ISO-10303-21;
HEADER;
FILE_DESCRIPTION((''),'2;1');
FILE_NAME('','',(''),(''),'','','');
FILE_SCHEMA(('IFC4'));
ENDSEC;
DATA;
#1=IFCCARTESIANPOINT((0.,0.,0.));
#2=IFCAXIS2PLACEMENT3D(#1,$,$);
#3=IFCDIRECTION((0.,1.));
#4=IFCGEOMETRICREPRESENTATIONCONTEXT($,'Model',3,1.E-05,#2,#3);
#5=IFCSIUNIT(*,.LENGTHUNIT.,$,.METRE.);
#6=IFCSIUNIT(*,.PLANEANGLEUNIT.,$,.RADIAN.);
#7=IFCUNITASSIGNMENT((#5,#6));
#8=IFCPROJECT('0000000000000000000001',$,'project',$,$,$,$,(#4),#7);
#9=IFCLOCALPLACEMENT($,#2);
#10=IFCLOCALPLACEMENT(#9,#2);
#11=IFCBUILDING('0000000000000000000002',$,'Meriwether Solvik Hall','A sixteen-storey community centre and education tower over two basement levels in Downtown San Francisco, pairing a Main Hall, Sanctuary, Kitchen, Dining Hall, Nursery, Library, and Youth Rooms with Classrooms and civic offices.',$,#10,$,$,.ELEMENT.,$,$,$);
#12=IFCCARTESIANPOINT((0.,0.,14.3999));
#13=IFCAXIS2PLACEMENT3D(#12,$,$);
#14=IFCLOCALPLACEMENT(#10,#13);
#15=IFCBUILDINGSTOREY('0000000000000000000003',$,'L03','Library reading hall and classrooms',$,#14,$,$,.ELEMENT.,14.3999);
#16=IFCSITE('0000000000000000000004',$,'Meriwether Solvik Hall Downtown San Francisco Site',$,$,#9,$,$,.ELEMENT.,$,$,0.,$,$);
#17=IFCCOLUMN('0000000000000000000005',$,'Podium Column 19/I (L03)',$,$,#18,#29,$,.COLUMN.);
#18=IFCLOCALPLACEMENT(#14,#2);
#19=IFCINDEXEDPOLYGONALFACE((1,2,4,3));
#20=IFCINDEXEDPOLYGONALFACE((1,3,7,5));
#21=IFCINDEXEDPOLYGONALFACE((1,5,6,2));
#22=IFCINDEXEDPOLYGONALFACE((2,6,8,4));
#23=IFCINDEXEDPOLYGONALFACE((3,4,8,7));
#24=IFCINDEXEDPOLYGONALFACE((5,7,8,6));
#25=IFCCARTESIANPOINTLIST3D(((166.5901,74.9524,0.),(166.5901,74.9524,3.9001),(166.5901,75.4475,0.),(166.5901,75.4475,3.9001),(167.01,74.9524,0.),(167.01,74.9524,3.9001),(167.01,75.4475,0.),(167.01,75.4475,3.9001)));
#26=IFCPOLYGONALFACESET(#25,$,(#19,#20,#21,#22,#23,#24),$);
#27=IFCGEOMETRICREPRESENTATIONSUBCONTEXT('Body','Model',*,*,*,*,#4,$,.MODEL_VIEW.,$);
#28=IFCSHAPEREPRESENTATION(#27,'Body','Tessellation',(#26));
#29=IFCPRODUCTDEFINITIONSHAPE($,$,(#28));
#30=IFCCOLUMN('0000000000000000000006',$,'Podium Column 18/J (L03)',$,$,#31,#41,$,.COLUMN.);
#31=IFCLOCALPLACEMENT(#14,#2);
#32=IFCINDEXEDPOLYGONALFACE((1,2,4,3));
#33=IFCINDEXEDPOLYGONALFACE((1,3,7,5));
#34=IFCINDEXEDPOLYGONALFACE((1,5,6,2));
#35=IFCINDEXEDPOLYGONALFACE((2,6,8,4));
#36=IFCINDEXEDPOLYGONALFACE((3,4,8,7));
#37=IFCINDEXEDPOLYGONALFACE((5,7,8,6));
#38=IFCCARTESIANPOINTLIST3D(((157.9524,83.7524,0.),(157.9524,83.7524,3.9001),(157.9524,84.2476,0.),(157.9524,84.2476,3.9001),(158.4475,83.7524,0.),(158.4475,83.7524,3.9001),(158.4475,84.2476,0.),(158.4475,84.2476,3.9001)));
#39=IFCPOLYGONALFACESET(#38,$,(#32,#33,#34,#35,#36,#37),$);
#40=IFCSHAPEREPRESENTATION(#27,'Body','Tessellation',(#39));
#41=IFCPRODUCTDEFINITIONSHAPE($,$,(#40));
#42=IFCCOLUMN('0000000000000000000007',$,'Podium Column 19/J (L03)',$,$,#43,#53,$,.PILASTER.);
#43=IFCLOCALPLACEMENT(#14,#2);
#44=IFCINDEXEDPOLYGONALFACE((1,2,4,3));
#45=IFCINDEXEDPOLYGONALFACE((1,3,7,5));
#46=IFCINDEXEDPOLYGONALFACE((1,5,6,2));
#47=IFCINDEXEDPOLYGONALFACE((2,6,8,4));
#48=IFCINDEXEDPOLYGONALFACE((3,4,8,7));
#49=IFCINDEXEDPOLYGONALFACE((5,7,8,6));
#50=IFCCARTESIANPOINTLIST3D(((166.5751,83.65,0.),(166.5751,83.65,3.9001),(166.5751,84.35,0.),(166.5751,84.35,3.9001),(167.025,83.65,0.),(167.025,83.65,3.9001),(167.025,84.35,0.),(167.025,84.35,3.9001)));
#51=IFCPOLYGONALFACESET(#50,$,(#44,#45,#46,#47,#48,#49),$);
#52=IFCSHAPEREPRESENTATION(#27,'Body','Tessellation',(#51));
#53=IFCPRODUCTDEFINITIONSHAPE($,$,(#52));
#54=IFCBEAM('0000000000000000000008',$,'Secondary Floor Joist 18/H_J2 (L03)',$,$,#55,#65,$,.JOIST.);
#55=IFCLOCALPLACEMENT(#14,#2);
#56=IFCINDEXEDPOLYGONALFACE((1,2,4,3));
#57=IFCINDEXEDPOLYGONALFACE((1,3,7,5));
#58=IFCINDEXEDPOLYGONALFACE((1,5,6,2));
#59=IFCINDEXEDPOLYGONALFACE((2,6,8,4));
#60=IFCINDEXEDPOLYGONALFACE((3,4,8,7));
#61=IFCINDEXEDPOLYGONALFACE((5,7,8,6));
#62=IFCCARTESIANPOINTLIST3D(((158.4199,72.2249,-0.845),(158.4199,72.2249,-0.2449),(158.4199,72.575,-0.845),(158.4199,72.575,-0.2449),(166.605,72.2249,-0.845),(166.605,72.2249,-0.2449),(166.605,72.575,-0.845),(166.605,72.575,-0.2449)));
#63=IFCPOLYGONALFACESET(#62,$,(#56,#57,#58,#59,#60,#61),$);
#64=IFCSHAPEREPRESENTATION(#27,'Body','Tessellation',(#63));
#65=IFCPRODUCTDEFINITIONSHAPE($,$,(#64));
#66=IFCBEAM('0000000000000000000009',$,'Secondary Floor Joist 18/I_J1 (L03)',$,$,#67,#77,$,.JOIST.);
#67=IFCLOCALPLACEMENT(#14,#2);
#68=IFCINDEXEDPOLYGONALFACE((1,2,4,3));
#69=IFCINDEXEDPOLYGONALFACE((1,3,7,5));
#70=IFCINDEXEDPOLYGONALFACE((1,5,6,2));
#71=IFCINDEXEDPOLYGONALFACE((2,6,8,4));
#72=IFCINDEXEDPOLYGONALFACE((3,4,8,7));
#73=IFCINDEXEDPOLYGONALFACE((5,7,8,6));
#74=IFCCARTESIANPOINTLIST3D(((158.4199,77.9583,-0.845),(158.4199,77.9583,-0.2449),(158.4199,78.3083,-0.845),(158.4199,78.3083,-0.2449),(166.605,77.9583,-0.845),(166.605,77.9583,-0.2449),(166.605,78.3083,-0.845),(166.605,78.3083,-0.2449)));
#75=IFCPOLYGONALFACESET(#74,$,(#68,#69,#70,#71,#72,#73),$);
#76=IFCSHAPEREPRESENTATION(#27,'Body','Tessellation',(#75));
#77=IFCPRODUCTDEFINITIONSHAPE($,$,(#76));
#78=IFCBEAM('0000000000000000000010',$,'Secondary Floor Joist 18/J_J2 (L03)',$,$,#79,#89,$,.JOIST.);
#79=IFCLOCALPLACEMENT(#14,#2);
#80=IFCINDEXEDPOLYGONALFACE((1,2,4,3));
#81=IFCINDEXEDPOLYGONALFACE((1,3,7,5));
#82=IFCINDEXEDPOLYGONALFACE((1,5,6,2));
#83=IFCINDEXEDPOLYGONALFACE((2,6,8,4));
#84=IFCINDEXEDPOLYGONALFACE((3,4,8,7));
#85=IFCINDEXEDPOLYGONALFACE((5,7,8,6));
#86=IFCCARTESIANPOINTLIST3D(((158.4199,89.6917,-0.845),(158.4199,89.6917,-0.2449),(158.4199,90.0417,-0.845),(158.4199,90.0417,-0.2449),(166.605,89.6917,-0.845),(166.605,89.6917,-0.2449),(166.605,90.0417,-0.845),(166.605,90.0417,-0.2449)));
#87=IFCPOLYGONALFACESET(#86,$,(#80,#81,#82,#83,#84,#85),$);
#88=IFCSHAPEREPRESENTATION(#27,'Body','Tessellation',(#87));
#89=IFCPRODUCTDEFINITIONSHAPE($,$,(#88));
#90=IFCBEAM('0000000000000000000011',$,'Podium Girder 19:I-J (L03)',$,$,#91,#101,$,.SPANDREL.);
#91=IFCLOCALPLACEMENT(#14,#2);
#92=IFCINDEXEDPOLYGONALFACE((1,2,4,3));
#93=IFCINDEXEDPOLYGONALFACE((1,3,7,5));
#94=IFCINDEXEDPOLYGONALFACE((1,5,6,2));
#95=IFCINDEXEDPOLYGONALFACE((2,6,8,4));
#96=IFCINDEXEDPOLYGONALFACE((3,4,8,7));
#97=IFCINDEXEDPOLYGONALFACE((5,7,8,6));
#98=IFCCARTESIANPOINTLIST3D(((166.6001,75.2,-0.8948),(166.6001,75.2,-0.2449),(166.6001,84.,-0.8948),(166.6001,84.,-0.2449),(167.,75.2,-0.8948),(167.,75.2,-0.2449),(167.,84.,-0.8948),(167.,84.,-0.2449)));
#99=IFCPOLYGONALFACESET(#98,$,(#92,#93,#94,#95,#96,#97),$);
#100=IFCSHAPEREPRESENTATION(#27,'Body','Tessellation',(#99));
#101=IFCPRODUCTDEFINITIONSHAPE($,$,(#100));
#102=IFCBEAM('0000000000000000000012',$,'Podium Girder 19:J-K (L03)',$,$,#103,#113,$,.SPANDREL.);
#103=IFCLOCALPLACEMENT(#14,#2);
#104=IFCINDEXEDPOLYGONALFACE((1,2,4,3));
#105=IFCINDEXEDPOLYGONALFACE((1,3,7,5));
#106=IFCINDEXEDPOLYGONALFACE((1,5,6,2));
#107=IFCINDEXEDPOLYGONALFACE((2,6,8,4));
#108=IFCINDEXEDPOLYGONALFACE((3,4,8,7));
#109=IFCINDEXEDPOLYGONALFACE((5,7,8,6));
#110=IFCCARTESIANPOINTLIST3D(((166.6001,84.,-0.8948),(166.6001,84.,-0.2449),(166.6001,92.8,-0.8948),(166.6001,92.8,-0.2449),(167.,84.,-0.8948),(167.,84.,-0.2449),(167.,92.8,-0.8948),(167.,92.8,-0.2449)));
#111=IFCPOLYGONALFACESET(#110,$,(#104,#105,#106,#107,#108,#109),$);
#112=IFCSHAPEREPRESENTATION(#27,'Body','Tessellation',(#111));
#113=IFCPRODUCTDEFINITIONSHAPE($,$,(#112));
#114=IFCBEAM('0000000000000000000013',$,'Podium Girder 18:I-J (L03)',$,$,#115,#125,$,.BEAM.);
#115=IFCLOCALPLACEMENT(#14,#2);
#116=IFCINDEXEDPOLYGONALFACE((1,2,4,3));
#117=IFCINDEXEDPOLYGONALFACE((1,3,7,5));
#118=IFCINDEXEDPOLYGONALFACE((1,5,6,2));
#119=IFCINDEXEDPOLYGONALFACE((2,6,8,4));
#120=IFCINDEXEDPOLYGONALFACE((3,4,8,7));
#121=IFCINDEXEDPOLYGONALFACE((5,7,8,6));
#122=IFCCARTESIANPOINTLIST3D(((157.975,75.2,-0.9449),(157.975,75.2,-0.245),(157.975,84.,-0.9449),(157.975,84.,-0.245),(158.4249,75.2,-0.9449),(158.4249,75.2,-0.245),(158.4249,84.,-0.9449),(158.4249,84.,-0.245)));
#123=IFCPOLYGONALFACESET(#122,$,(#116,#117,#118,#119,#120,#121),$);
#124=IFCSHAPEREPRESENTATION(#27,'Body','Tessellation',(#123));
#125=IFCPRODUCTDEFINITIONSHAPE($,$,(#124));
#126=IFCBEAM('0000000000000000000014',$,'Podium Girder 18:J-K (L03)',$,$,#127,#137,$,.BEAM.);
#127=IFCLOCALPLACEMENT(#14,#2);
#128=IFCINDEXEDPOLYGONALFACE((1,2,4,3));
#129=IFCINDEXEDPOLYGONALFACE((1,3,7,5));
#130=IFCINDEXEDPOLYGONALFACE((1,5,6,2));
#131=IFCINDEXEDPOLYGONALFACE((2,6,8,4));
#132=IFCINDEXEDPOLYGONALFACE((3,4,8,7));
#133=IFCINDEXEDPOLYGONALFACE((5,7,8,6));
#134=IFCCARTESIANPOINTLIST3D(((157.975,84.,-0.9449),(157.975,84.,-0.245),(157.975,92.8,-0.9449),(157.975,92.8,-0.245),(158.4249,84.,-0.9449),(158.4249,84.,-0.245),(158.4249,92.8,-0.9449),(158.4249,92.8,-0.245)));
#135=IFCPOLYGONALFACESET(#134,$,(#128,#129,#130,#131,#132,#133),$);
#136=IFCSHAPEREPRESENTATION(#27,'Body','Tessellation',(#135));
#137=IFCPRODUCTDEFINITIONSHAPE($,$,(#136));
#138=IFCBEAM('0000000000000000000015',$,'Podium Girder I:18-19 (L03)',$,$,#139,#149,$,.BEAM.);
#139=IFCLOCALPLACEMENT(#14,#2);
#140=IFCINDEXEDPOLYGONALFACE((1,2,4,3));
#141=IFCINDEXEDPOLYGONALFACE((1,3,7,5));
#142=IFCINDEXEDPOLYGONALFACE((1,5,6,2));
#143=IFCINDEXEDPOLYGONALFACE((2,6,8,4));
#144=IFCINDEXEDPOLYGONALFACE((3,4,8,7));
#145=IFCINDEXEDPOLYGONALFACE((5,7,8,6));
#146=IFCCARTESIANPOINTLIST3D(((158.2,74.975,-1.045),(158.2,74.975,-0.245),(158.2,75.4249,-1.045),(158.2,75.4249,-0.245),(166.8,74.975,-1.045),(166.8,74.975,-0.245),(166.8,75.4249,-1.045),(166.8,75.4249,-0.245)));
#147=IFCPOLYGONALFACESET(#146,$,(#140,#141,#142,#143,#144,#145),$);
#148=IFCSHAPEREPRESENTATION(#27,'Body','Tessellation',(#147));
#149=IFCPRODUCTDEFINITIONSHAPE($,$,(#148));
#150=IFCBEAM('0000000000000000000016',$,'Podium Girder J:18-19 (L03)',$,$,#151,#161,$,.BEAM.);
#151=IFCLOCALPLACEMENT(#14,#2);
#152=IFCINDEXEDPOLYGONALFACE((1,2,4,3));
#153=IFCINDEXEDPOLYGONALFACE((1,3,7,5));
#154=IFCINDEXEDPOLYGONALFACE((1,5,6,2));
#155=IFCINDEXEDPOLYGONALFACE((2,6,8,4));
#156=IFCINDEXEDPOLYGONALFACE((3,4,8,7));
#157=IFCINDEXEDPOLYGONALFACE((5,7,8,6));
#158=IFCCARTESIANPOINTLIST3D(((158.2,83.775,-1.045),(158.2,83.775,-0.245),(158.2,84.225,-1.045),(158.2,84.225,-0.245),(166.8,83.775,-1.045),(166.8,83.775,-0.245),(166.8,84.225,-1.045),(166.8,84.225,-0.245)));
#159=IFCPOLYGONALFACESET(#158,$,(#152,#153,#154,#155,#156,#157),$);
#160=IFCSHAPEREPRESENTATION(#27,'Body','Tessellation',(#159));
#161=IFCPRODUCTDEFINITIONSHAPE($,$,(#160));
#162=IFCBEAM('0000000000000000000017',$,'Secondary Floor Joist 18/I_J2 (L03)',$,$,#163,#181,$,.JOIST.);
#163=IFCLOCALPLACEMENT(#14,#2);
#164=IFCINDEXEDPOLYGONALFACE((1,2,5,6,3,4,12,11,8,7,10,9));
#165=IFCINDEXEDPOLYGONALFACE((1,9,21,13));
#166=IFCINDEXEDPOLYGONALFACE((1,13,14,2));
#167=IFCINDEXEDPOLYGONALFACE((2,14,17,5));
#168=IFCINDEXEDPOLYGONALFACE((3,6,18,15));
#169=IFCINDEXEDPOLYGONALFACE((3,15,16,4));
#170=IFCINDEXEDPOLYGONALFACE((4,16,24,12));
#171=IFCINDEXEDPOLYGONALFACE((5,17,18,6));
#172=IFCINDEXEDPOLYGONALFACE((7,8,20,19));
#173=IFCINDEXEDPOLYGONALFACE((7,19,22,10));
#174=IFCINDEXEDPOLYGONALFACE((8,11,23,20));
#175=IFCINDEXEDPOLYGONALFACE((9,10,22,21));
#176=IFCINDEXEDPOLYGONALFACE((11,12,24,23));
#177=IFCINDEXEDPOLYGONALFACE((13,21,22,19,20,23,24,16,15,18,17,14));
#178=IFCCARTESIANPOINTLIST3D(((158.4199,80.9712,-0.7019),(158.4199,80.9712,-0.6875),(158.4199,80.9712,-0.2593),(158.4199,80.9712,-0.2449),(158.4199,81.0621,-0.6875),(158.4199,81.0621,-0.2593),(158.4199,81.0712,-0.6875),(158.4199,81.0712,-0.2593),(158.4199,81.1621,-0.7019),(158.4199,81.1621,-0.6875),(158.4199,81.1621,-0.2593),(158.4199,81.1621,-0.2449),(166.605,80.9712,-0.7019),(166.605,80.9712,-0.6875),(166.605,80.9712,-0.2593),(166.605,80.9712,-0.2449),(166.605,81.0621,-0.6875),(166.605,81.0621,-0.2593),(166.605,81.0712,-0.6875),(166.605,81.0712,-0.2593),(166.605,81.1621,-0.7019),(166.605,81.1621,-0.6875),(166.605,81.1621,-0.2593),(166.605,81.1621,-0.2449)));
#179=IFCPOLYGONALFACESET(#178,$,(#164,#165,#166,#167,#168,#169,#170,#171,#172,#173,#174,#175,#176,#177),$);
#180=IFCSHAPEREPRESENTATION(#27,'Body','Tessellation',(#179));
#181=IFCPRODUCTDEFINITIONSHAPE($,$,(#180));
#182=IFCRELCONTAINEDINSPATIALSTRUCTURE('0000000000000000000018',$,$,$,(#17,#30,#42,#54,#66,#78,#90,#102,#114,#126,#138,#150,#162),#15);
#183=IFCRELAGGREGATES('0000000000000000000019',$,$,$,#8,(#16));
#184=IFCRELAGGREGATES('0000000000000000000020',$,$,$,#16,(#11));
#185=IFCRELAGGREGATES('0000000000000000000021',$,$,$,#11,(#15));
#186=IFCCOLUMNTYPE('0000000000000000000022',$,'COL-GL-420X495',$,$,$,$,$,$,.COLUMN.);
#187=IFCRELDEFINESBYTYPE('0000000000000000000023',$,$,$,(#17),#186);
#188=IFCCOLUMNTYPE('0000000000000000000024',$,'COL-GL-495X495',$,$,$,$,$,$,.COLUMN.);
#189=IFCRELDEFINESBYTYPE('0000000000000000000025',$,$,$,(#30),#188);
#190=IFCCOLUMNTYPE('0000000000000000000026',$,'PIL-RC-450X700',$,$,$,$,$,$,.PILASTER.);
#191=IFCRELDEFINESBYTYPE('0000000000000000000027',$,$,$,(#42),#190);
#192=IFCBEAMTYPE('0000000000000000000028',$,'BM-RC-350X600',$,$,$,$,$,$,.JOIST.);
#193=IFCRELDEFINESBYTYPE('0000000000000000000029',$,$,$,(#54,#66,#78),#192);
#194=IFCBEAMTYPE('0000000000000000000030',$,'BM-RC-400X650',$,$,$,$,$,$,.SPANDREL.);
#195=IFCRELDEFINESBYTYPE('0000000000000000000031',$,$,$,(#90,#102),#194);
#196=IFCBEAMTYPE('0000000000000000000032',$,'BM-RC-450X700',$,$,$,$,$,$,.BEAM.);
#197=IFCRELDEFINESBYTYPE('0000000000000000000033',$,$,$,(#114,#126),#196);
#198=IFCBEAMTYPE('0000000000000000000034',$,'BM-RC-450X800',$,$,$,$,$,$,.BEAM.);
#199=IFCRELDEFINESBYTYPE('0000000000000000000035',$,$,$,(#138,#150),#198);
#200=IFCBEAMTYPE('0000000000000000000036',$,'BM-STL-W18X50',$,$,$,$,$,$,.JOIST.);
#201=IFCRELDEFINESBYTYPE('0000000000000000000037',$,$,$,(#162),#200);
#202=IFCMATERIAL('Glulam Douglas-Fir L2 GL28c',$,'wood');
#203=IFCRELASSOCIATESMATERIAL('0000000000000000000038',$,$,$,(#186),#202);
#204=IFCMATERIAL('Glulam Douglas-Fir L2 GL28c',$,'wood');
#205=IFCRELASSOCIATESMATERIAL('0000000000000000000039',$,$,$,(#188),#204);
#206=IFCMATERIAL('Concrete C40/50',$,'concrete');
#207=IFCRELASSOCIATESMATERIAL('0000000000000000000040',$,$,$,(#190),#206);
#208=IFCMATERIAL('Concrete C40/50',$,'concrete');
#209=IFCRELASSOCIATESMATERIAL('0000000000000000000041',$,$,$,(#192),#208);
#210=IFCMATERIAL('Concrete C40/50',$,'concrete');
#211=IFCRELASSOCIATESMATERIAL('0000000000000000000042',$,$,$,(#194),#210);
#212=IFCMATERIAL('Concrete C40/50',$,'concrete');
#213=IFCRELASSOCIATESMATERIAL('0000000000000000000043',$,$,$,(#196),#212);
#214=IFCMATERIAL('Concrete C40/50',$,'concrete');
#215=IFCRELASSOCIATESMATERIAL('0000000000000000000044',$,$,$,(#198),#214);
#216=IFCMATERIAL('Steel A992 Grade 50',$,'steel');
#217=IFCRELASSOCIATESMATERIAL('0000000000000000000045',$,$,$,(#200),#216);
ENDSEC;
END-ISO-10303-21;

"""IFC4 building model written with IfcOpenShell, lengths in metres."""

from ifc_helpers import new_model, si_unit, direction, frame, origin, origin_2d, place, context, subcontext, project, spatial, rectangle, i_section, extrude, material, material_profile, profile_set, type_object, element, save


model = new_model("IFC4")

# Units and contexts
model_context = context("Model", 3, precision=1e-05, world=origin(), true_north=direction((0.0, 1.0)))
body_context = subcontext(model_context, "Body", "Model", "MODEL_VIEW")
ifc_project = project(units=[si_unit("LENGTHUNIT", "METRE"), si_unit("PLANEANGLEUNIT", "RADIAN")], contexts=[model_context])

# Site, building, storey
site_placement = place(None, origin())
site = spatial("IfcSite", under=ifc_project, at=site_placement, Name="Meriwether Solvik Hall Downtown San Francisco Site", CompositionType="ELEMENT", RefElevation=0.0)
building_placement = place(site_placement, origin())
building = spatial("IfcBuilding", under=site, at=building_placement, Name="Meriwether Solvik Hall", Description="A sixteen-storey community centre and education tower over two basement levels in Downtown San Francisco, pairing a Main Hall, Sanctuary, Kitchen, Dining Hall, Nursery, Library, and Youth Rooms with Classrooms and civic offices.", CompositionType="ELEMENT")
storey_placement = place(building_placement, frame((0.0, 0.0, 14.3999)))
storey = spatial("IfcBuildingStorey", under=building, at=storey_placement, Name="L03", Description="Library reading hall and classrooms", CompositionType="ELEMENT", Elevation=14.3999)

# Columns
ifc_material_1 = material(Name="Glulam Douglas-Fir L2 GL28c", Category="wood")
ifc_material_profile_1 = material_profile(ifc_material_1, rectangle(XDim=0.4199, YDim=0.4951, at=origin_2d()), Name="GLC-420X495")
ifc_profile_set_1 = profile_set([ifc_material_profile_1], Name="Glulam Douglas-Fir L2 GL28c")
column_type_1 = type_object("IfcColumnType", Name="COL-GL-420X495", PredefinedType="COLUMN", material=ifc_profile_set_1)
column_1_placement = place(storey_placement, frame((166.8, 75.2, 0.0), z_axis=(0.0, 0.0, 1.0), x_axis=(1.0, 0.0, 0.0)))
element("IfcColumn", 1, at=column_1_placement, inside=storey, type_object=column_type_1, Name="Podium Column 19/I (L03)", PredefinedType="COLUMN", context=body_context, shape_type="SweptSolid", body=[
    extrude(rectangle(XDim=0.4199, YDim=0.4951, at=origin_2d()), origin(), (0.0, 0.0, 1.0), 3.9001),
])
ifc_material_2 = material(Name="Glulam Douglas-Fir L2 GL28c", Category="wood")
ifc_material_profile_2 = material_profile(ifc_material_2, rectangle(XDim=0.4951, YDim=0.4951, at=origin_2d()), Name="GLC-495X495")
ifc_profile_set_2 = profile_set([ifc_material_profile_2], Name="Glulam Douglas-Fir L2 GL28c")
column_type_2 = type_object("IfcColumnType", Name="COL-GL-495X495", PredefinedType="COLUMN", material=ifc_profile_set_2)
column_2_placement = place(storey_placement, frame((158.2, 84.0, 0.0), z_axis=(0.0, 0.0, 1.0), x_axis=(1.0, 0.0, 0.0)))
element("IfcColumn", 2, at=column_2_placement, inside=storey, type_object=column_type_2, Name="Podium Column 18/J (L03)", PredefinedType="COLUMN", context=body_context, shape_type="SweptSolid", body=[
    extrude(rectangle(XDim=0.4951, YDim=0.4951, at=origin_2d()), origin(), (0.0, 0.0, 1.0), 3.9001),
])
ifc_material_3 = material(Name="Concrete C40/50", Category="concrete")
ifc_material_profile_3 = material_profile(ifc_material_3, rectangle(XDim=0.45, YDim=0.7, at=origin_2d()), Name="RCP-450X700")
ifc_profile_set_3 = profile_set([ifc_material_profile_3], Name="Concrete C40/50")
column_type_3 = type_object("IfcColumnType", Name="PIL-RC-450X700", PredefinedType="PILASTER", material=ifc_profile_set_3)
column_3_placement = place(storey_placement, frame((166.8, 84.0, 0.0), z_axis=(0.0, 0.0, 1.0), x_axis=(1.0, 0.0, 0.0)))
element("IfcColumn", 3, at=column_3_placement, inside=storey, type_object=column_type_3, Name="Podium Column 19/J (L03)", PredefinedType="PILASTER", context=body_context, shape_type="SweptSolid", body=[
    extrude(rectangle(XDim=0.45, YDim=0.7, at=origin_2d()), origin(), (0.0, 0.0, 1.0), 3.9001),
])

# Beams
ifc_material_4 = material(Name="Concrete C40/50", Category="concrete")
ifc_material_profile_4 = material_profile(ifc_material_4, rectangle(XDim=0.3501, YDim=0.6001, at=origin_2d()), Name="RCB-350X600")
ifc_profile_set_4 = profile_set([ifc_material_profile_4], Name="Concrete C40/50")
beam_type_1 = type_object("IfcBeamType", Name="BM-RC-350X600", PredefinedType="JOIST", material=ifc_profile_set_4)
for number, where, z_axis, x_axis, name in (
    (4, (158.4199, 72.3999, -0.5449), (1.0, 0.0, 0.0), (0.0, 1.0, 0.0), "Secondary Floor Joist 18/H_J2 (L03)"),
    (5, (158.4199, 78.1333, -0.5449), (1.0, 0.0, 0.0), (0.0, 1.0, 0.0), "Secondary Floor Joist 18/I_J1 (L03)"),
    (6, (158.4199, 89.8667, -0.5449), (1.0, 0.0, 0.0), (0.0, 1.0, 0.0), "Secondary Floor Joist 18/J_J2 (L03)"),
):
    element("IfcBeam", number, at=place(storey_placement, frame(where, z_axis=z_axis, x_axis=x_axis)), inside=storey, type_object=beam_type_1, Name=name, PredefinedType="JOIST", context=body_context, shape_type="SweptSolid", body=[
        extrude(rectangle(XDim=0.3501, YDim=0.6001, at=origin_2d()), origin(), (0.0, 0.0, 1.0), 8.1851),
    ])
ifc_material_5 = material(Name="Concrete C40/50", Category="concrete")
ifc_material_profile_5 = material_profile(ifc_material_5, rectangle(XDim=0.3999, YDim=0.6499, at=origin_2d()), Name="RCB-400X650")
ifc_profile_set_5 = profile_set([ifc_material_profile_5], Name="Concrete C40/50")
beam_type_2 = type_object("IfcBeamType", Name="BM-RC-400X650", PredefinedType="SPANDREL", material=ifc_profile_set_5)
for number, where, z_axis, x_axis, name in (
    (7, (166.8, 75.2, -0.5698), (0.0, 1.0, 0.0), (-1.0, 0.0, 0.0), "Podium Girder 19:I-J (L03)"),
    (8, (166.8, 84.0, -0.5698), (0.0, 1.0, 0.0), (-1.0, 0.0, 0.0), "Podium Girder 19:J-K (L03)"),
):
    element("IfcBeam", number, at=place(storey_placement, frame(where, z_axis=z_axis, x_axis=x_axis)), inside=storey, type_object=beam_type_2, Name=name, PredefinedType="SPANDREL", context=body_context, shape_type="SweptSolid", body=[
        extrude(rectangle(XDim=0.3999, YDim=0.6499, at=origin_2d()), origin(), (0.0, 0.0, 1.0), 8.8),
    ])
ifc_material_6 = material(Name="Concrete C40/50", Category="concrete")
ifc_material_profile_6 = material_profile(ifc_material_6, rectangle(XDim=0.45, YDim=0.7, at=origin_2d()), Name="RCB-450X700")
ifc_profile_set_6 = profile_set([ifc_material_profile_6], Name="Concrete C40/50")
beam_type_3 = type_object("IfcBeamType", Name="BM-RC-450X700", PredefinedType="BEAM", material=ifc_profile_set_6)
for number, where, z_axis, x_axis, name in (
    (9, (158.2, 75.2, -0.595), (0.0, 1.0, 0.0), (-1.0, 0.0, 0.0), "Podium Girder 18:I-J (L03)"),
    (10, (158.2, 84.0, -0.595), (0.0, 1.0, 0.0), (-1.0, 0.0, 0.0), "Podium Girder 18:J-K (L03)"),
):
    element("IfcBeam", number, at=place(storey_placement, frame(where, z_axis=z_axis, x_axis=x_axis)), inside=storey, type_object=beam_type_3, Name=name, PredefinedType="BEAM", context=body_context, shape_type="SweptSolid", body=[
        extrude(rectangle(XDim=0.45, YDim=0.7, at=origin_2d()), origin(), (0.0, 0.0, 1.0), 8.8),
    ])
ifc_material_7 = material(Name="Concrete C40/50", Category="concrete")
ifc_material_profile_7 = material_profile(ifc_material_7, rectangle(XDim=0.45, YDim=0.8, at=origin_2d()), Name="RCB-450X800")
ifc_profile_set_7 = profile_set([ifc_material_profile_7], Name="Concrete C40/50")
beam_type_4 = type_object("IfcBeamType", Name="BM-RC-450X800", PredefinedType="BEAM", material=ifc_profile_set_7)
for number, where, z_axis, x_axis, name in (
    (11, (158.2, 75.2, -0.645), (1.0, 0.0, 0.0), (0.0, 1.0, 0.0), "Podium Girder I:18-19 (L03)"),
    (12, (158.2, 84.0, -0.645), (1.0, 0.0, 0.0), (0.0, 1.0, 0.0), "Podium Girder J:18-19 (L03)"),
):
    element("IfcBeam", number, at=place(storey_placement, frame(where, z_axis=z_axis, x_axis=x_axis)), inside=storey, type_object=beam_type_4, Name=name, PredefinedType="BEAM", context=body_context, shape_type="SweptSolid", body=[
        extrude(rectangle(XDim=0.45, YDim=0.8, at=origin_2d()), origin(), (0.0, 0.0, 1.0), 8.6001),
    ])
ifc_material_8 = material(Name="Steel A992 Grade 50", Category="steel")
ifc_material_profile_8 = material_profile(ifc_material_8, i_section(OverallWidth=0.1909, OverallDepth=0.457, WebThickness=0.009, FlangeThickness=0.0144, at=origin_2d()), Name="W18X50")
ifc_profile_set_8 = profile_set([ifc_material_profile_8], Name="Steel A992 Grade 50")
beam_type_5 = type_object("IfcBeamType", Name="BM-STL-W18X50", PredefinedType="JOIST", material=ifc_profile_set_8)
for number, where, z_axis, x_axis, name in (
    (13, (158.4199, 81.0667, -0.4734), (1.0, 0.0, 0.0), (0.0, 1.0, 0.0), "Secondary Floor Joist 18/I_J2 (L03)"),
):
    element("IfcBeam", number, at=place(storey_placement, frame(where, z_axis=z_axis, x_axis=x_axis)), inside=storey, type_object=beam_type_5, Name=name, PredefinedType="JOIST", context=body_context, shape_type="SweptSolid", body=[
        extrude(i_section(OverallWidth=0.1909, OverallDepth=0.457, WebThickness=0.009, FlangeThickness=0.0144, at=origin_2d()), origin(), (0.0, 0.0, 1.0), 8.1851),
    ])

save(model, "model.ifc")
